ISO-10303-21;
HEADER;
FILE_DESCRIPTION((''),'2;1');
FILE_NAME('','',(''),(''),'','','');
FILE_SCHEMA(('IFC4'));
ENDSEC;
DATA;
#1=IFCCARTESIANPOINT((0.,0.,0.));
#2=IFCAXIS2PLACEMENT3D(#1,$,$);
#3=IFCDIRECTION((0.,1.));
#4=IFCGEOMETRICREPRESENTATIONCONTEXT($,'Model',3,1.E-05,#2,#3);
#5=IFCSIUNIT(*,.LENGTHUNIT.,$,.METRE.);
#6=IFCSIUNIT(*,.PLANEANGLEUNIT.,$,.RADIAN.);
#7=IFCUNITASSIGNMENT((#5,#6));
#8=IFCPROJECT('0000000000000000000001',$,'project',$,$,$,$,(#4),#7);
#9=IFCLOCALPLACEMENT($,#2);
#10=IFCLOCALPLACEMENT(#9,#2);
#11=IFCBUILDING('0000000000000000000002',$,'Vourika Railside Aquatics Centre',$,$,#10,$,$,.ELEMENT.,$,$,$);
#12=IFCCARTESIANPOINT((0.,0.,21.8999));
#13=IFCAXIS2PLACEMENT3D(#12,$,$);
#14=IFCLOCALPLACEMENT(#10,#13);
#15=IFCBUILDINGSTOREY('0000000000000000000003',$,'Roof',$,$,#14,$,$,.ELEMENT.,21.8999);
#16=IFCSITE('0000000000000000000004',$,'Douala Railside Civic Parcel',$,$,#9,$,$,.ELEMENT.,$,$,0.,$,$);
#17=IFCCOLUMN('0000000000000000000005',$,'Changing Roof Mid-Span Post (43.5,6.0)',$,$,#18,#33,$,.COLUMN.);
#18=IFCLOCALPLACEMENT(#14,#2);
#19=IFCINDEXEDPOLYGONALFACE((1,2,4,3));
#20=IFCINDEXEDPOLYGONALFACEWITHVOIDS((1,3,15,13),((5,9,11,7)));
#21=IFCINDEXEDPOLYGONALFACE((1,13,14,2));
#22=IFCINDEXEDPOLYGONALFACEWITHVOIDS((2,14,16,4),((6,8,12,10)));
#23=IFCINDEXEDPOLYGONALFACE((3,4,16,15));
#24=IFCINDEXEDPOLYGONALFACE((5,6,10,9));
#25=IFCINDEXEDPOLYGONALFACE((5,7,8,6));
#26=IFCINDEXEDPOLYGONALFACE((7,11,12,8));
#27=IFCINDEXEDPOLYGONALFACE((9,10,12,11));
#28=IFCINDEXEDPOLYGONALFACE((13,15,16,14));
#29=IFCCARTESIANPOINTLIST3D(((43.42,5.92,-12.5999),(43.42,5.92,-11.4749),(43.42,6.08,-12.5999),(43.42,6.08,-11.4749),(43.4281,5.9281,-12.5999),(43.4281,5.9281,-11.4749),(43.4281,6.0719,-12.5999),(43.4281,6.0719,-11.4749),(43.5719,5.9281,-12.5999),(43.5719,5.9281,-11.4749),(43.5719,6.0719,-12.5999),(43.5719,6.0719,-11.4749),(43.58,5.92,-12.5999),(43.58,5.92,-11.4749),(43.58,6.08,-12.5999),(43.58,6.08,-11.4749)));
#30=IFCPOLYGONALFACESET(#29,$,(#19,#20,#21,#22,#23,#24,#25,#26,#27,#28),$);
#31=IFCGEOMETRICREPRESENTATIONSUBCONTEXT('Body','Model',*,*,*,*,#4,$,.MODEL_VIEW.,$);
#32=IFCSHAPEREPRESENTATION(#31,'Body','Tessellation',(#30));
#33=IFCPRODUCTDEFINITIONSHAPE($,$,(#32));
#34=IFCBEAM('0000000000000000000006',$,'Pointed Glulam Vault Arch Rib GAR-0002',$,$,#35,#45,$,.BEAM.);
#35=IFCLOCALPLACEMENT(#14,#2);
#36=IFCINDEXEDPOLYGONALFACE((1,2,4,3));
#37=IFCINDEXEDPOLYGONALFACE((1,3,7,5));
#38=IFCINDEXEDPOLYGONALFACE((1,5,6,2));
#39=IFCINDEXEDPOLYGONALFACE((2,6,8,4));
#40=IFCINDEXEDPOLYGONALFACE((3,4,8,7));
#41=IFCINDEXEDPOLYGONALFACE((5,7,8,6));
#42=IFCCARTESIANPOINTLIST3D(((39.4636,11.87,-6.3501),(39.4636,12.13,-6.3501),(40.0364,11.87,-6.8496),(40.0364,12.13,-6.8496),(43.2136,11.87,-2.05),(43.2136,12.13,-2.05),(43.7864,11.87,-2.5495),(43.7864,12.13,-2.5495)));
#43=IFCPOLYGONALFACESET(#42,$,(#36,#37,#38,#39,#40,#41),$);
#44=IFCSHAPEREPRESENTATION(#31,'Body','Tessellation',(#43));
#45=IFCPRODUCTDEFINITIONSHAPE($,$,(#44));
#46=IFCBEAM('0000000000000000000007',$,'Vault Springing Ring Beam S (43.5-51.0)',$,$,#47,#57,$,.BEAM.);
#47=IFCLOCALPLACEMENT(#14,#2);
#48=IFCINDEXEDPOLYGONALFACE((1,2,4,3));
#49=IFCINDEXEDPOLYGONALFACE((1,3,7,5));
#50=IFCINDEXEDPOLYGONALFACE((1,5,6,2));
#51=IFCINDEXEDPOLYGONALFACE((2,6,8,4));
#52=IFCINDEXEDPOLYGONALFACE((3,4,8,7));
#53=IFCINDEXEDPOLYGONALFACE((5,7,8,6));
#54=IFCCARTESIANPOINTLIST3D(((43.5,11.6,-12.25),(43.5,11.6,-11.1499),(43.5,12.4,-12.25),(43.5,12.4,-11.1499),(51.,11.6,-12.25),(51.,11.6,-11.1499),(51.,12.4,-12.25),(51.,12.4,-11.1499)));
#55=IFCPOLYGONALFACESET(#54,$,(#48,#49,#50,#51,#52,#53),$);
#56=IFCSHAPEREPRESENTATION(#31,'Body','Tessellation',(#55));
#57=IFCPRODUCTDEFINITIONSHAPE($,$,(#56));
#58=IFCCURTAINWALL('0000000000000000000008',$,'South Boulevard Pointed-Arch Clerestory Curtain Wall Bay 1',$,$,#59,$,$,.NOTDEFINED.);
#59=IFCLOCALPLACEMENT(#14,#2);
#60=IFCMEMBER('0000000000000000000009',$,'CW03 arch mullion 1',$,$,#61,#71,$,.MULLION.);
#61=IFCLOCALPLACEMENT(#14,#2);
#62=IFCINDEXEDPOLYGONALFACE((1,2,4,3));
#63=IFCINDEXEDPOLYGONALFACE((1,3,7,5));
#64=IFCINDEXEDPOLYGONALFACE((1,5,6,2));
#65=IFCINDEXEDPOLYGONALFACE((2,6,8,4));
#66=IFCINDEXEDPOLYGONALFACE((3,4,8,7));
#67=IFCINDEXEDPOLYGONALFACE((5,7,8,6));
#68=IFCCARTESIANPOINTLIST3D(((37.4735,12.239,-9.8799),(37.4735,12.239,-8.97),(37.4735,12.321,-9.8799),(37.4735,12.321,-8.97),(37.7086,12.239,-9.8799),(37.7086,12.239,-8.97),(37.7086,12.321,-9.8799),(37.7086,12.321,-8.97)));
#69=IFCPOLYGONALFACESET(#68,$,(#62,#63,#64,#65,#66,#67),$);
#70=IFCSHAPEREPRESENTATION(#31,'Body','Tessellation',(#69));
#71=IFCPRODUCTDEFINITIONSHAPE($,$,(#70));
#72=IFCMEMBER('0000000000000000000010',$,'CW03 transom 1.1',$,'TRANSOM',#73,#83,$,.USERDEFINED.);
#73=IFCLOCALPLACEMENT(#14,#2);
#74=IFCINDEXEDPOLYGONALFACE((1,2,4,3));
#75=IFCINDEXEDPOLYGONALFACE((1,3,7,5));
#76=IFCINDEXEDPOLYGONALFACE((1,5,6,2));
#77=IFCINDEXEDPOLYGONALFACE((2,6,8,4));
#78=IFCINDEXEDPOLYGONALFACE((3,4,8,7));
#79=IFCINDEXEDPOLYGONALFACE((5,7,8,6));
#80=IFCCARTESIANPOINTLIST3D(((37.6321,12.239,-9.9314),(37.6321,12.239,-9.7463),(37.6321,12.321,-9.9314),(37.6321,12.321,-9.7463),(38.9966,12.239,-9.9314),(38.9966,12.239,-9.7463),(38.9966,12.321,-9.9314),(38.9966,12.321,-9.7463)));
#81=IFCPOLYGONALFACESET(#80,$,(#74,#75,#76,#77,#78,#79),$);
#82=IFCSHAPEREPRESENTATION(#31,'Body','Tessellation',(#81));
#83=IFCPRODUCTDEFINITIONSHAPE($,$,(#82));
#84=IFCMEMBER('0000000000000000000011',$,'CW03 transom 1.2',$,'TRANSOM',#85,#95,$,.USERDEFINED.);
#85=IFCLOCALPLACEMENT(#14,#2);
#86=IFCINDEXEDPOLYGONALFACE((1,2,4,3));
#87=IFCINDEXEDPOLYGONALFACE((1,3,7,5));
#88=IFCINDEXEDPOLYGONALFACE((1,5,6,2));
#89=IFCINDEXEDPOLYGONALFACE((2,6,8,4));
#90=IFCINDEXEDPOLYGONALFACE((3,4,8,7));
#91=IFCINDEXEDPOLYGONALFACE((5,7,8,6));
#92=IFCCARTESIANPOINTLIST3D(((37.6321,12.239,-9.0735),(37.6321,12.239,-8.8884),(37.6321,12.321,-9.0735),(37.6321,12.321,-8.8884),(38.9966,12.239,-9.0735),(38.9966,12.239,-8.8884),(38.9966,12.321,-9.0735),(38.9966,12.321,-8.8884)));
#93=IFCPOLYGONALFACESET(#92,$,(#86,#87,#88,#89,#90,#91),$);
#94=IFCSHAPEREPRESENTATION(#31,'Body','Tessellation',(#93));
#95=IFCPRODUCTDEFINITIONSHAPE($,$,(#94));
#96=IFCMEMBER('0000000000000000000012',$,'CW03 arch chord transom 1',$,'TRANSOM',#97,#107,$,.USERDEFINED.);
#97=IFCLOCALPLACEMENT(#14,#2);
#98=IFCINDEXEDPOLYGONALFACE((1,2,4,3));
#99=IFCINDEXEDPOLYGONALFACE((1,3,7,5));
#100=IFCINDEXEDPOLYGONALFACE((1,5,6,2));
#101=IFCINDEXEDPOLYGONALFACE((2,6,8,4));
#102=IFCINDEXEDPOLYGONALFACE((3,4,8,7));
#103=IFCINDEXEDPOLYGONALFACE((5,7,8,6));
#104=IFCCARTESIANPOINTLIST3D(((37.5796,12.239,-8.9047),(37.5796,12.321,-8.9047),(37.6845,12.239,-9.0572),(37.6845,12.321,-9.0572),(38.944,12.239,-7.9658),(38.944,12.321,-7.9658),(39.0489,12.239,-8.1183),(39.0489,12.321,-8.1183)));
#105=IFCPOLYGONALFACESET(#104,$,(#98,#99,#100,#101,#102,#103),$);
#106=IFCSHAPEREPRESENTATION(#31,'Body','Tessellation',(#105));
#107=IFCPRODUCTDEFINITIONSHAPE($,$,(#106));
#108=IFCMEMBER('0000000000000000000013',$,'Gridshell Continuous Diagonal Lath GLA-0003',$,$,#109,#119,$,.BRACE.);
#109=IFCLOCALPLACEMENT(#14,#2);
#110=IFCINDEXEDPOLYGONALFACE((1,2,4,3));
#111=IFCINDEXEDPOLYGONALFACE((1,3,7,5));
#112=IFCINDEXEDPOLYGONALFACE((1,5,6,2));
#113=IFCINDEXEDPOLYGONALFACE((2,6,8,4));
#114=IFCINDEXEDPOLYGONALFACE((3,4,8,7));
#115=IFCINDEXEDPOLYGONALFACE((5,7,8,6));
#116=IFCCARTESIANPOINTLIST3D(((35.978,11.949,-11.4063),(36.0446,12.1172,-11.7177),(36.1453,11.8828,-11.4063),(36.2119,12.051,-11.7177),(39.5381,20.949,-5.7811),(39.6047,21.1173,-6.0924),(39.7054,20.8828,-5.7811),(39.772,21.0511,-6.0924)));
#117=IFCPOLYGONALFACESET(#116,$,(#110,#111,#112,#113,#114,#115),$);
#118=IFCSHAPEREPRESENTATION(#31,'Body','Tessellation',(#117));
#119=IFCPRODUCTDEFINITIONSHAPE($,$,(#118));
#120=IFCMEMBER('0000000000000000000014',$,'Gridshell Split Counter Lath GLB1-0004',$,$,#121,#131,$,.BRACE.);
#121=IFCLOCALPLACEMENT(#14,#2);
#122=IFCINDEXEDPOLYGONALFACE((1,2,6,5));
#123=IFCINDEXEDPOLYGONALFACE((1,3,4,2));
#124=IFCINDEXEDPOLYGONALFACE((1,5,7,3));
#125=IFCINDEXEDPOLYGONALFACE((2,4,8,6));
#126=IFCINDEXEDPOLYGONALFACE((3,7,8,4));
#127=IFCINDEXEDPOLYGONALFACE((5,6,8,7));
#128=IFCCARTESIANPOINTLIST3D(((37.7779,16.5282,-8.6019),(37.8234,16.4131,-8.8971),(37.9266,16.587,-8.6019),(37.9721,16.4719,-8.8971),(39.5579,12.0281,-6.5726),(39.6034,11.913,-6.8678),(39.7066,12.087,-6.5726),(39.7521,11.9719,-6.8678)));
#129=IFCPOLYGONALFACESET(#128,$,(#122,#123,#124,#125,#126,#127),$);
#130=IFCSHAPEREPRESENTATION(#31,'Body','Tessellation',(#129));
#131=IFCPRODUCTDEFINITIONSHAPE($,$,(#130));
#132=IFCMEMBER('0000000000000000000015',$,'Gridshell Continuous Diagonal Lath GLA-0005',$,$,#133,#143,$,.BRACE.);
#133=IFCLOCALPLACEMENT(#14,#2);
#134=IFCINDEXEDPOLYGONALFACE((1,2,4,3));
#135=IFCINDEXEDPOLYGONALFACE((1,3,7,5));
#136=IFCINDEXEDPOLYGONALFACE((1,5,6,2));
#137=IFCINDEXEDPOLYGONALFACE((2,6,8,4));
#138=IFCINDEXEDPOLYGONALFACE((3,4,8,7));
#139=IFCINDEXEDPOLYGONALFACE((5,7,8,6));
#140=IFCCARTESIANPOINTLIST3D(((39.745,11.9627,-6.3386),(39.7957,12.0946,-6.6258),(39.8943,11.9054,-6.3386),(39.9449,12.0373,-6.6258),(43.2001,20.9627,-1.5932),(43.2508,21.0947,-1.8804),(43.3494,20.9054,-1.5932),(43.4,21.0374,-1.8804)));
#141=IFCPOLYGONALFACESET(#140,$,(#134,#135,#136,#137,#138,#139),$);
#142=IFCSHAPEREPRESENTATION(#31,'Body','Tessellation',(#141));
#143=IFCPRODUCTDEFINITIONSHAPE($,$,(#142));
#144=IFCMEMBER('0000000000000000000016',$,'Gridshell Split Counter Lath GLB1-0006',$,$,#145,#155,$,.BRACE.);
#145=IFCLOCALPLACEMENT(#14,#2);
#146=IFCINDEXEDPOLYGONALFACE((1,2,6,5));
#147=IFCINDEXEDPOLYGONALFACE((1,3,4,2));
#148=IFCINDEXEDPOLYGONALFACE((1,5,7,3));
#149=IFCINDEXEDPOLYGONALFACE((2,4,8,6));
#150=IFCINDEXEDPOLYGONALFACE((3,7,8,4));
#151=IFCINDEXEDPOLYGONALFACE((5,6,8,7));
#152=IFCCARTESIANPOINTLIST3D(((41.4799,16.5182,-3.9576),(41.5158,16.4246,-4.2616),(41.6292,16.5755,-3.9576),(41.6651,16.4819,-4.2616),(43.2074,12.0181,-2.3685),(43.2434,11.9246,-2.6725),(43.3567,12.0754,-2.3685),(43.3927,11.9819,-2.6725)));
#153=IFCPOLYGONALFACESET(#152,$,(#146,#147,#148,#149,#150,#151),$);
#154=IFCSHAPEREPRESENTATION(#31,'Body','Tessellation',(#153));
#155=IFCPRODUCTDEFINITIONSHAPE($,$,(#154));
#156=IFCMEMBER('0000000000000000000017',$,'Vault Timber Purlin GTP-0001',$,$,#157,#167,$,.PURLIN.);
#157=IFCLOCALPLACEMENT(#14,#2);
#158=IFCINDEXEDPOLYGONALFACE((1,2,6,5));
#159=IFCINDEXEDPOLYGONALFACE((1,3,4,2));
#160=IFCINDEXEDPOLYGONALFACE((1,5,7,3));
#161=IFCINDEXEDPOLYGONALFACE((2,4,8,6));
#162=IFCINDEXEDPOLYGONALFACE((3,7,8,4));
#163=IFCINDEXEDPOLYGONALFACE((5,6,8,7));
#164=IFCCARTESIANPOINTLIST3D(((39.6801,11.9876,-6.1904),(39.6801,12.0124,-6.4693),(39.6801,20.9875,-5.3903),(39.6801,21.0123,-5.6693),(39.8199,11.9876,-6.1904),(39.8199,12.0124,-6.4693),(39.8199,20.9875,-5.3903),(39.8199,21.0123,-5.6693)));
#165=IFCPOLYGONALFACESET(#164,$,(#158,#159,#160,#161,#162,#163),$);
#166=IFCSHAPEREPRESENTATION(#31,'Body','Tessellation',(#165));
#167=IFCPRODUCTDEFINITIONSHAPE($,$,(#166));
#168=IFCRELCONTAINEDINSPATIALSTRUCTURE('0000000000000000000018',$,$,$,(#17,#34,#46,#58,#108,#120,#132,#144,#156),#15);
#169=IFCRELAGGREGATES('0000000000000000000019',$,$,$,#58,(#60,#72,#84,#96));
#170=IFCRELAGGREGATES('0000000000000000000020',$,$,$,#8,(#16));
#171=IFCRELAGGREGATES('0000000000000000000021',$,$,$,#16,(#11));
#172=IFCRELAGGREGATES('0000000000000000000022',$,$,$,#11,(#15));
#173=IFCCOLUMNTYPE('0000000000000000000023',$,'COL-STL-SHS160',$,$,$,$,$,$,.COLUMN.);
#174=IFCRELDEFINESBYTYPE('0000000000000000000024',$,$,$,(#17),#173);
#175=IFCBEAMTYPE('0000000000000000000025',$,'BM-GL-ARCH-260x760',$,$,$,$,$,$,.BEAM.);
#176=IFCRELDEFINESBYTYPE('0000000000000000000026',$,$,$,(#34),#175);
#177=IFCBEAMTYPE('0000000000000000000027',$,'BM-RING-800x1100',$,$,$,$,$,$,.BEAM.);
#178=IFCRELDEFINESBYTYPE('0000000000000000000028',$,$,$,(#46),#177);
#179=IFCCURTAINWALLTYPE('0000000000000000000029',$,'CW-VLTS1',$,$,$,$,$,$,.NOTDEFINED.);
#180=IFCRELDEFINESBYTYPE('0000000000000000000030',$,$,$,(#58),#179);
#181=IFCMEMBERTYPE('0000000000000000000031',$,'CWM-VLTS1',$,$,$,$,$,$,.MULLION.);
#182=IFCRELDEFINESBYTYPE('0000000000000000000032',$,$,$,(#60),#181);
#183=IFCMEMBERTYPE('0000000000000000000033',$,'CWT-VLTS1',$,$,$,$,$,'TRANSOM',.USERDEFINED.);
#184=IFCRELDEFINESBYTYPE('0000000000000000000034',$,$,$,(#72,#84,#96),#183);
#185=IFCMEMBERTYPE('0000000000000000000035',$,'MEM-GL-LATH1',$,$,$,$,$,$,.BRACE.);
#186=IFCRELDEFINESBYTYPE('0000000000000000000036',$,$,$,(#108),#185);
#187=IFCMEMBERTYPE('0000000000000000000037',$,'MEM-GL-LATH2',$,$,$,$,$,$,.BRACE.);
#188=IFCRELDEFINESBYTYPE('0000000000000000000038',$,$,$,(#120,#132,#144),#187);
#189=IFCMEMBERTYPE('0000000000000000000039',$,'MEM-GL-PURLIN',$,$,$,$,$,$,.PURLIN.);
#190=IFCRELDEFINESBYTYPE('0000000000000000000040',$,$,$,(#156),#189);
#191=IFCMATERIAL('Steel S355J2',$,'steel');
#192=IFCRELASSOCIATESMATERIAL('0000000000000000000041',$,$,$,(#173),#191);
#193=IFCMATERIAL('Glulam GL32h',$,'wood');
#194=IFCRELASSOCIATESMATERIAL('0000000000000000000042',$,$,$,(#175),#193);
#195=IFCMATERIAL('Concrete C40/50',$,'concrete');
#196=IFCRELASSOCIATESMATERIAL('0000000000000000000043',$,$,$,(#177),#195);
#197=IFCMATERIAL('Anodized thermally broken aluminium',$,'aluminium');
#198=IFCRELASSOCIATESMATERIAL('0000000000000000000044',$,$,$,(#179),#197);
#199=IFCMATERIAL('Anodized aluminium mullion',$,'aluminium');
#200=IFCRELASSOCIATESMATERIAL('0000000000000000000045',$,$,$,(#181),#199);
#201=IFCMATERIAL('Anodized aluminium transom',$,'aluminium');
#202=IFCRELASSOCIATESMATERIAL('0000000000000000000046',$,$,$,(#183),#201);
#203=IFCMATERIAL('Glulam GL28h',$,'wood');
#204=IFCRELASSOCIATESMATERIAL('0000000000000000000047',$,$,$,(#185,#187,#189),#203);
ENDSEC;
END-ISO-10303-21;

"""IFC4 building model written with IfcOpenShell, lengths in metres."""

from ifc_helpers import new_model, si_unit, direction, frame, origin, origin_2d, place, context, subcontext, project, spatial, rectangle, hollow_rectangle, extrude, material, material_profile, profile_set, type_object, element, aggregate, save


model = new_model("IFC4")

# Units and contexts
model_context = context("Model", 3, precision=1e-05, world=origin(), true_north=direction((0.0, 1.0)))
body_context = subcontext(model_context, "Body", "Model", "MODEL_VIEW")
ifc_project = project(units=[si_unit("LENGTHUNIT", "METRE"), si_unit("PLANEANGLEUNIT", "RADIAN")], contexts=[model_context])

# Site, building, storey
site_placement = place(None, origin())
site = spatial("IfcSite", under=ifc_project, at=site_placement, Name="Douala Railside Civic Parcel", CompositionType="ELEMENT", RefElevation=0.0)
building_placement = place(site_placement, origin())
building = spatial("IfcBuilding", under=site, at=building_placement, Name="Vourika Railside Aquatics Centre", CompositionType="ELEMENT")
storey_placement = place(building_placement, frame((0.0, 0.0, 21.8999)))
storey = spatial("IfcBuildingStorey", under=building, at=storey_placement, Name="Roof", CompositionType="ELEMENT", Elevation=21.8999)

# Column
ifc_material_1 = material(Name="Steel S355J2", Category="steel")
ifc_material_profile_1 = material_profile(ifc_material_1, hollow_rectangle(XDim=0.1599, YDim=0.1599, WallThickness=0.0081, at=origin_2d()), Name="SHS 160x160x8")
ifc_profile_set_1 = profile_set([ifc_material_profile_1], Name="Steel S355J2")
column_type = type_object("IfcColumnType", Name="COL-STL-SHS160", PredefinedType="COLUMN", material=ifc_profile_set_1)
column_placement = place(storey_placement, frame((43.5, 6.0, -12.5999), z_axis=(0.0, 0.0, 1.0), x_axis=(1.0, 0.0, 0.0)))
element("IfcColumn", 1, at=column_placement, inside=storey, type_object=column_type, Name="Changing Roof Mid-Span Post (43.5,6.0)", PredefinedType="COLUMN", context=body_context, shape_type="SweptSolid", body=[
    extrude(hollow_rectangle(XDim=0.1599, YDim=0.1599, WallThickness=0.0081, at=origin_2d()), origin(), (0.0, 0.0, 1.0), 1.125),
])

# Beams
ifc_material_2 = material(Name="Glulam GL32h", Category="wood")
ifc_material_profile_2 = material_profile(ifc_material_2, rectangle(XDim=0.26, YDim=0.76, at=origin_2d()), Name="GL32h 260x760")
ifc_profile_set_2 = profile_set([ifc_material_profile_2], Name="Glulam GL32h")
beam_type_1 = type_object("IfcBeamType", Name="BM-GL-ARCH-260x760", PredefinedType="BEAM", material=ifc_profile_set_2)
beam_1_placement = place(storey_placement, frame((39.75, 12.0, -6.5999), z_axis=(0.657259, 0.0, 0.753665), x_axis=(0.0, 1.0, 0.0)))
element("IfcBeam", 2, at=beam_1_placement, inside=storey, type_object=beam_type_1, Name="Pointed Glulam Vault Arch Rib GAR-0002", PredefinedType="BEAM", context=body_context, shape_type="SweptSolid", body=[
    extrude(rectangle(XDim=0.26, YDim=0.76, at=origin_2d()), origin(), (0.0, 0.0, 1.0), 5.7056),
])
ifc_material_3 = material(Name="Concrete C40/50", Category="concrete")
ifc_material_profile_3 = material_profile(ifc_material_3, rectangle(XDim=0.8, YDim=1.1001, at=origin_2d()), Name="RC 800x1100")
ifc_profile_set_3 = profile_set([ifc_material_profile_3], Name="Concrete C40/50")
beam_type_2 = type_object("IfcBeamType", Name="BM-RING-800x1100", PredefinedType="BEAM", material=ifc_profile_set_3)
beam_2_placement = place(storey_placement, frame((43.5, 12.0, -11.7), z_axis=(1.0, 0.0, 0.0), x_axis=(0.0, 1.0, 0.0)))
element("IfcBeam", 3, at=beam_2_placement, inside=storey, type_object=beam_type_2, Name="Vault Springing Ring Beam S (43.5-51.0)", PredefinedType="BEAM", context=body_context, shape_type="SweptSolid", body=[
    extrude(rectangle(XDim=0.8, YDim=1.1001, at=origin_2d()), origin(), (0.0, 0.0, 1.0), 7.5),
])

# Curtain wall, members
ifc_material_4 = material(Name="Anodized thermally broken aluminium", Category="aluminium")
curtain_wall_type = type_object("IfcCurtainWallType", Name="CW-VLTS1", PredefinedType="NOTDEFINED", material=ifc_material_4)
curtain_wall_placement = place(storey_placement, origin())
curtain_wall = element("IfcCurtainWall", 4, at=curtain_wall_placement, inside=storey, type_object=curtain_wall_type, Name="South Boulevard Pointed-Arch Clerestory Curtain Wall Bay 1", PredefinedType="NOTDEFINED")
ifc_material_5 = material(Name="Anodized aluminium mullion", Category="aluminium")
ifc_material_profile_4 = material_profile(ifc_material_5, rectangle(XDim=0.082, YDim=0.2351, at=origin_2d()), Name="ALU-M 82x235")
ifc_profile_set_4 = profile_set([ifc_material_profile_4], Name="Anodized aluminium mullion")
member_type_1 = type_object("IfcMemberType", Name="CWM-VLTS1", PredefinedType="MULLION", material=ifc_profile_set_4)
member_1_placement = place(storey_placement, frame((37.5911, 12.28, -9.8799), z_axis=(0.0, 0.0, 1.0), x_axis=(0.0, 1.0, 0.0)))
member_1 = element("IfcMember", 5, at=member_1_placement, type_object=member_type_1, Name="CW03 arch mullion 1", PredefinedType="MULLION", context=body_context, shape_type="SweptSolid", body=[
    extrude(rectangle(XDim=0.082, YDim=0.2351, at=origin_2d()), origin(), (0.0, 0.0, 1.0), 0.9099),
])
ifc_material_6 = material(Name="Anodized aluminium transom", Category="aluminium")
ifc_material_profile_5 = material_profile(ifc_material_6, rectangle(XDim=0.082, YDim=0.1851, at=origin_2d()), Name="ALU-T 82x185")
ifc_profile_set_5 = profile_set([ifc_material_profile_5], Name="Anodized aluminium transom")
member_type_2 = type_object("IfcMemberType", Name="CWT-VLTS1", ElementType="TRANSOM", PredefinedType="USERDEFINED", material=ifc_profile_set_5)
member_2_placement = place(storey_placement, frame((37.6321, 12.28, -9.8389), z_axis=(1.0, 0.0, 0.0), x_axis=(0.0, 1.0, 0.0)))
member_2 = element("IfcMember", 6, at=member_2_placement, type_object=member_type_2, Name="CW03 transom 1.1", ObjectType="TRANSOM", PredefinedType="USERDEFINED", context=body_context, shape_type="SweptSolid", body=[
    extrude(rectangle(XDim=0.082, YDim=0.1851, at=origin_2d()), origin(), (0.0, 0.0, 1.0), 1.3645),
])
member_3_placement = place(storey_placement, frame((37.6321, 12.28, -8.981), z_axis=(1.0, 0.0, 0.0), x_axis=(0.0, 1.0, 0.0)))
member_3 = element("IfcMember", 7, at=member_3_placement, type_object=member_type_2, Name="CW03 transom 1.2", ObjectType="TRANSOM", PredefinedType="USERDEFINED", context=body_context, shape_type="SweptSolid", body=[
    extrude(rectangle(XDim=0.082, YDim=0.1851, at=origin_2d()), origin(), (0.0, 0.0, 1.0), 1.3645),
])
member_4_placement = place(storey_placement, frame((37.6321, 12.28, -8.981), z_axis=(0.823797, 0.0, 0.566885), x_axis=(0.0, 1.0, 0.0)))
member_4 = element("IfcMember", 8, at=member_4_placement, type_object=member_type_2, Name="CW03 arch chord transom 1", ObjectType="TRANSOM", PredefinedType="USERDEFINED", context=body_context, shape_type="SweptSolid", body=[
    extrude(rectangle(XDim=0.082, YDim=0.1851, at=origin_2d()), origin(), (0.0, 0.0, 1.0), 1.6562),
])

# Members
ifc_material_7 = material(Name="Glulam GL28h", Category="wood")
ifc_material_profile_6 = material_profile(ifc_material_7, rectangle(XDim=0.1799, YDim=0.3601, at=origin_2d()), Name="GL28h 180x360")
ifc_profile_set_6 = profile_set([ifc_material_profile_6], Name="Glulam GL28h")
member_type_3 = type_object("IfcMemberType", Name="MEM-GL-LATH1", PredefinedType="BRACE", material=ifc_profile_set_6)
member_5_placement = place(storey_placement, frame((36.095, 12.0, -11.562), z_axis=(0.318018, 0.803964, 0.5025), x_axis=(-0.929893, 0.36783, 0.0)))
element("IfcMember", 9, at=member_5_placement, inside=storey, type_object=member_type_3, Name="Gridshell Continuous Diagonal Lath GLA-0003", PredefinedType="BRACE", context=body_context, shape_type="SweptSolid", body=[
    extrude(rectangle(XDim=0.1799, YDim=0.3601, at=origin_2d()), origin(), (0.0, 0.0, 1.0), 11.1946),
])
ifc_material_profile_7 = material_profile(ifc_material_7, rectangle(XDim=0.1599, YDim=0.3201, at=origin_2d()), Name="GL28h 160x320")
ifc_profile_set_7 = profile_set([ifc_material_profile_7], Name="Glulam GL28h")
member_type_4 = type_object("IfcMemberType", Name="MEM-GL-LATH2", PredefinedType="BRACE", material=ifc_profile_set_7)
member_6_placement = place(storey_placement, frame((39.655, 12.0, -6.7202), z_axis=(-0.339213, 0.857547, -0.386715), x_axis=(-0.929893, -0.36783, 0.0)))
element("IfcMember", 10, at=member_6_placement, inside=storey, type_object=member_type_4, Name="Gridshell Split Counter Lath GLB1-0004", PredefinedType="BRACE", context=body_context, shape_type="SweptSolid", body=[
    extrude(rectangle(XDim=0.1599, YDim=0.3201, at=origin_2d()), origin(), (0.0, 0.0, 1.0), 5.2476),
])
member_7_placement = place(storey_placement, frame((39.845, 12.0, -6.4822), z_axis=(0.321551, 0.837595, 0.441632), x_axis=(-0.93357, 0.358395, 0.0)))
element("IfcMember", 11, at=member_7_placement, inside=storey, type_object=member_type_4, Name="Gridshell Continuous Diagonal Lath GLA-0005", PredefinedType="BRACE", context=body_context, shape_type="SweptSolid", body=[
    extrude(rectangle(XDim=0.1599, YDim=0.3201, at=origin_2d()), origin(), (0.0, 0.0, 1.0), 10.7451),
])
member_8_placement = place(storey_placement, frame((43.3, 12.0, -2.5205), z_axis=(-0.340375, 0.88663, -0.313101), x_axis=(-0.93357, -0.358395, 0.0)))
element("IfcMember", 12, at=member_8_placement, inside=storey, type_object=member_type_4, Name="Gridshell Split Counter Lath GLB1-0006", PredefinedType="BRACE", context=body_context, shape_type="SweptSolid", body=[
    extrude(rectangle(XDim=0.1599, YDim=0.3201, at=origin_2d()), origin(), (0.0, 0.0, 1.0), 5.0754),
])
ifc_material_profile_8 = material_profile(ifc_material_7, rectangle(XDim=0.1399, YDim=0.28, at=origin_2d()), Name="GL28h 140x280")
ifc_profile_set_8 = profile_set([ifc_material_profile_8], Name="Glulam GL28h")
member_type_5 = type_object("IfcMemberType", Name="MEM-GL-PURLIN", PredefinedType="PURLIN", material=ifc_profile_set_8)
member_9_placement = place(storey_placement, frame((39.75, 12.0, -6.3298), z_axis=(0.0, 0.996072, 0.088545), x_axis=(-1.0, 0.0, 0.0)))
element("IfcMember", 13, at=member_9_placement, inside=storey, type_object=member_type_5, Name="Vault Timber Purlin GTP-0001", PredefinedType="PURLIN", context=body_context, shape_type="SweptSolid", body=[
    extrude(rectangle(XDim=0.1399, YDim=0.28, at=origin_2d()), origin(), (0.0, 0.0, 1.0), 9.0354),
])

aggregate(curtain_wall, [member_1, member_2, member_3, member_4])

save(model, "model.ifc")
